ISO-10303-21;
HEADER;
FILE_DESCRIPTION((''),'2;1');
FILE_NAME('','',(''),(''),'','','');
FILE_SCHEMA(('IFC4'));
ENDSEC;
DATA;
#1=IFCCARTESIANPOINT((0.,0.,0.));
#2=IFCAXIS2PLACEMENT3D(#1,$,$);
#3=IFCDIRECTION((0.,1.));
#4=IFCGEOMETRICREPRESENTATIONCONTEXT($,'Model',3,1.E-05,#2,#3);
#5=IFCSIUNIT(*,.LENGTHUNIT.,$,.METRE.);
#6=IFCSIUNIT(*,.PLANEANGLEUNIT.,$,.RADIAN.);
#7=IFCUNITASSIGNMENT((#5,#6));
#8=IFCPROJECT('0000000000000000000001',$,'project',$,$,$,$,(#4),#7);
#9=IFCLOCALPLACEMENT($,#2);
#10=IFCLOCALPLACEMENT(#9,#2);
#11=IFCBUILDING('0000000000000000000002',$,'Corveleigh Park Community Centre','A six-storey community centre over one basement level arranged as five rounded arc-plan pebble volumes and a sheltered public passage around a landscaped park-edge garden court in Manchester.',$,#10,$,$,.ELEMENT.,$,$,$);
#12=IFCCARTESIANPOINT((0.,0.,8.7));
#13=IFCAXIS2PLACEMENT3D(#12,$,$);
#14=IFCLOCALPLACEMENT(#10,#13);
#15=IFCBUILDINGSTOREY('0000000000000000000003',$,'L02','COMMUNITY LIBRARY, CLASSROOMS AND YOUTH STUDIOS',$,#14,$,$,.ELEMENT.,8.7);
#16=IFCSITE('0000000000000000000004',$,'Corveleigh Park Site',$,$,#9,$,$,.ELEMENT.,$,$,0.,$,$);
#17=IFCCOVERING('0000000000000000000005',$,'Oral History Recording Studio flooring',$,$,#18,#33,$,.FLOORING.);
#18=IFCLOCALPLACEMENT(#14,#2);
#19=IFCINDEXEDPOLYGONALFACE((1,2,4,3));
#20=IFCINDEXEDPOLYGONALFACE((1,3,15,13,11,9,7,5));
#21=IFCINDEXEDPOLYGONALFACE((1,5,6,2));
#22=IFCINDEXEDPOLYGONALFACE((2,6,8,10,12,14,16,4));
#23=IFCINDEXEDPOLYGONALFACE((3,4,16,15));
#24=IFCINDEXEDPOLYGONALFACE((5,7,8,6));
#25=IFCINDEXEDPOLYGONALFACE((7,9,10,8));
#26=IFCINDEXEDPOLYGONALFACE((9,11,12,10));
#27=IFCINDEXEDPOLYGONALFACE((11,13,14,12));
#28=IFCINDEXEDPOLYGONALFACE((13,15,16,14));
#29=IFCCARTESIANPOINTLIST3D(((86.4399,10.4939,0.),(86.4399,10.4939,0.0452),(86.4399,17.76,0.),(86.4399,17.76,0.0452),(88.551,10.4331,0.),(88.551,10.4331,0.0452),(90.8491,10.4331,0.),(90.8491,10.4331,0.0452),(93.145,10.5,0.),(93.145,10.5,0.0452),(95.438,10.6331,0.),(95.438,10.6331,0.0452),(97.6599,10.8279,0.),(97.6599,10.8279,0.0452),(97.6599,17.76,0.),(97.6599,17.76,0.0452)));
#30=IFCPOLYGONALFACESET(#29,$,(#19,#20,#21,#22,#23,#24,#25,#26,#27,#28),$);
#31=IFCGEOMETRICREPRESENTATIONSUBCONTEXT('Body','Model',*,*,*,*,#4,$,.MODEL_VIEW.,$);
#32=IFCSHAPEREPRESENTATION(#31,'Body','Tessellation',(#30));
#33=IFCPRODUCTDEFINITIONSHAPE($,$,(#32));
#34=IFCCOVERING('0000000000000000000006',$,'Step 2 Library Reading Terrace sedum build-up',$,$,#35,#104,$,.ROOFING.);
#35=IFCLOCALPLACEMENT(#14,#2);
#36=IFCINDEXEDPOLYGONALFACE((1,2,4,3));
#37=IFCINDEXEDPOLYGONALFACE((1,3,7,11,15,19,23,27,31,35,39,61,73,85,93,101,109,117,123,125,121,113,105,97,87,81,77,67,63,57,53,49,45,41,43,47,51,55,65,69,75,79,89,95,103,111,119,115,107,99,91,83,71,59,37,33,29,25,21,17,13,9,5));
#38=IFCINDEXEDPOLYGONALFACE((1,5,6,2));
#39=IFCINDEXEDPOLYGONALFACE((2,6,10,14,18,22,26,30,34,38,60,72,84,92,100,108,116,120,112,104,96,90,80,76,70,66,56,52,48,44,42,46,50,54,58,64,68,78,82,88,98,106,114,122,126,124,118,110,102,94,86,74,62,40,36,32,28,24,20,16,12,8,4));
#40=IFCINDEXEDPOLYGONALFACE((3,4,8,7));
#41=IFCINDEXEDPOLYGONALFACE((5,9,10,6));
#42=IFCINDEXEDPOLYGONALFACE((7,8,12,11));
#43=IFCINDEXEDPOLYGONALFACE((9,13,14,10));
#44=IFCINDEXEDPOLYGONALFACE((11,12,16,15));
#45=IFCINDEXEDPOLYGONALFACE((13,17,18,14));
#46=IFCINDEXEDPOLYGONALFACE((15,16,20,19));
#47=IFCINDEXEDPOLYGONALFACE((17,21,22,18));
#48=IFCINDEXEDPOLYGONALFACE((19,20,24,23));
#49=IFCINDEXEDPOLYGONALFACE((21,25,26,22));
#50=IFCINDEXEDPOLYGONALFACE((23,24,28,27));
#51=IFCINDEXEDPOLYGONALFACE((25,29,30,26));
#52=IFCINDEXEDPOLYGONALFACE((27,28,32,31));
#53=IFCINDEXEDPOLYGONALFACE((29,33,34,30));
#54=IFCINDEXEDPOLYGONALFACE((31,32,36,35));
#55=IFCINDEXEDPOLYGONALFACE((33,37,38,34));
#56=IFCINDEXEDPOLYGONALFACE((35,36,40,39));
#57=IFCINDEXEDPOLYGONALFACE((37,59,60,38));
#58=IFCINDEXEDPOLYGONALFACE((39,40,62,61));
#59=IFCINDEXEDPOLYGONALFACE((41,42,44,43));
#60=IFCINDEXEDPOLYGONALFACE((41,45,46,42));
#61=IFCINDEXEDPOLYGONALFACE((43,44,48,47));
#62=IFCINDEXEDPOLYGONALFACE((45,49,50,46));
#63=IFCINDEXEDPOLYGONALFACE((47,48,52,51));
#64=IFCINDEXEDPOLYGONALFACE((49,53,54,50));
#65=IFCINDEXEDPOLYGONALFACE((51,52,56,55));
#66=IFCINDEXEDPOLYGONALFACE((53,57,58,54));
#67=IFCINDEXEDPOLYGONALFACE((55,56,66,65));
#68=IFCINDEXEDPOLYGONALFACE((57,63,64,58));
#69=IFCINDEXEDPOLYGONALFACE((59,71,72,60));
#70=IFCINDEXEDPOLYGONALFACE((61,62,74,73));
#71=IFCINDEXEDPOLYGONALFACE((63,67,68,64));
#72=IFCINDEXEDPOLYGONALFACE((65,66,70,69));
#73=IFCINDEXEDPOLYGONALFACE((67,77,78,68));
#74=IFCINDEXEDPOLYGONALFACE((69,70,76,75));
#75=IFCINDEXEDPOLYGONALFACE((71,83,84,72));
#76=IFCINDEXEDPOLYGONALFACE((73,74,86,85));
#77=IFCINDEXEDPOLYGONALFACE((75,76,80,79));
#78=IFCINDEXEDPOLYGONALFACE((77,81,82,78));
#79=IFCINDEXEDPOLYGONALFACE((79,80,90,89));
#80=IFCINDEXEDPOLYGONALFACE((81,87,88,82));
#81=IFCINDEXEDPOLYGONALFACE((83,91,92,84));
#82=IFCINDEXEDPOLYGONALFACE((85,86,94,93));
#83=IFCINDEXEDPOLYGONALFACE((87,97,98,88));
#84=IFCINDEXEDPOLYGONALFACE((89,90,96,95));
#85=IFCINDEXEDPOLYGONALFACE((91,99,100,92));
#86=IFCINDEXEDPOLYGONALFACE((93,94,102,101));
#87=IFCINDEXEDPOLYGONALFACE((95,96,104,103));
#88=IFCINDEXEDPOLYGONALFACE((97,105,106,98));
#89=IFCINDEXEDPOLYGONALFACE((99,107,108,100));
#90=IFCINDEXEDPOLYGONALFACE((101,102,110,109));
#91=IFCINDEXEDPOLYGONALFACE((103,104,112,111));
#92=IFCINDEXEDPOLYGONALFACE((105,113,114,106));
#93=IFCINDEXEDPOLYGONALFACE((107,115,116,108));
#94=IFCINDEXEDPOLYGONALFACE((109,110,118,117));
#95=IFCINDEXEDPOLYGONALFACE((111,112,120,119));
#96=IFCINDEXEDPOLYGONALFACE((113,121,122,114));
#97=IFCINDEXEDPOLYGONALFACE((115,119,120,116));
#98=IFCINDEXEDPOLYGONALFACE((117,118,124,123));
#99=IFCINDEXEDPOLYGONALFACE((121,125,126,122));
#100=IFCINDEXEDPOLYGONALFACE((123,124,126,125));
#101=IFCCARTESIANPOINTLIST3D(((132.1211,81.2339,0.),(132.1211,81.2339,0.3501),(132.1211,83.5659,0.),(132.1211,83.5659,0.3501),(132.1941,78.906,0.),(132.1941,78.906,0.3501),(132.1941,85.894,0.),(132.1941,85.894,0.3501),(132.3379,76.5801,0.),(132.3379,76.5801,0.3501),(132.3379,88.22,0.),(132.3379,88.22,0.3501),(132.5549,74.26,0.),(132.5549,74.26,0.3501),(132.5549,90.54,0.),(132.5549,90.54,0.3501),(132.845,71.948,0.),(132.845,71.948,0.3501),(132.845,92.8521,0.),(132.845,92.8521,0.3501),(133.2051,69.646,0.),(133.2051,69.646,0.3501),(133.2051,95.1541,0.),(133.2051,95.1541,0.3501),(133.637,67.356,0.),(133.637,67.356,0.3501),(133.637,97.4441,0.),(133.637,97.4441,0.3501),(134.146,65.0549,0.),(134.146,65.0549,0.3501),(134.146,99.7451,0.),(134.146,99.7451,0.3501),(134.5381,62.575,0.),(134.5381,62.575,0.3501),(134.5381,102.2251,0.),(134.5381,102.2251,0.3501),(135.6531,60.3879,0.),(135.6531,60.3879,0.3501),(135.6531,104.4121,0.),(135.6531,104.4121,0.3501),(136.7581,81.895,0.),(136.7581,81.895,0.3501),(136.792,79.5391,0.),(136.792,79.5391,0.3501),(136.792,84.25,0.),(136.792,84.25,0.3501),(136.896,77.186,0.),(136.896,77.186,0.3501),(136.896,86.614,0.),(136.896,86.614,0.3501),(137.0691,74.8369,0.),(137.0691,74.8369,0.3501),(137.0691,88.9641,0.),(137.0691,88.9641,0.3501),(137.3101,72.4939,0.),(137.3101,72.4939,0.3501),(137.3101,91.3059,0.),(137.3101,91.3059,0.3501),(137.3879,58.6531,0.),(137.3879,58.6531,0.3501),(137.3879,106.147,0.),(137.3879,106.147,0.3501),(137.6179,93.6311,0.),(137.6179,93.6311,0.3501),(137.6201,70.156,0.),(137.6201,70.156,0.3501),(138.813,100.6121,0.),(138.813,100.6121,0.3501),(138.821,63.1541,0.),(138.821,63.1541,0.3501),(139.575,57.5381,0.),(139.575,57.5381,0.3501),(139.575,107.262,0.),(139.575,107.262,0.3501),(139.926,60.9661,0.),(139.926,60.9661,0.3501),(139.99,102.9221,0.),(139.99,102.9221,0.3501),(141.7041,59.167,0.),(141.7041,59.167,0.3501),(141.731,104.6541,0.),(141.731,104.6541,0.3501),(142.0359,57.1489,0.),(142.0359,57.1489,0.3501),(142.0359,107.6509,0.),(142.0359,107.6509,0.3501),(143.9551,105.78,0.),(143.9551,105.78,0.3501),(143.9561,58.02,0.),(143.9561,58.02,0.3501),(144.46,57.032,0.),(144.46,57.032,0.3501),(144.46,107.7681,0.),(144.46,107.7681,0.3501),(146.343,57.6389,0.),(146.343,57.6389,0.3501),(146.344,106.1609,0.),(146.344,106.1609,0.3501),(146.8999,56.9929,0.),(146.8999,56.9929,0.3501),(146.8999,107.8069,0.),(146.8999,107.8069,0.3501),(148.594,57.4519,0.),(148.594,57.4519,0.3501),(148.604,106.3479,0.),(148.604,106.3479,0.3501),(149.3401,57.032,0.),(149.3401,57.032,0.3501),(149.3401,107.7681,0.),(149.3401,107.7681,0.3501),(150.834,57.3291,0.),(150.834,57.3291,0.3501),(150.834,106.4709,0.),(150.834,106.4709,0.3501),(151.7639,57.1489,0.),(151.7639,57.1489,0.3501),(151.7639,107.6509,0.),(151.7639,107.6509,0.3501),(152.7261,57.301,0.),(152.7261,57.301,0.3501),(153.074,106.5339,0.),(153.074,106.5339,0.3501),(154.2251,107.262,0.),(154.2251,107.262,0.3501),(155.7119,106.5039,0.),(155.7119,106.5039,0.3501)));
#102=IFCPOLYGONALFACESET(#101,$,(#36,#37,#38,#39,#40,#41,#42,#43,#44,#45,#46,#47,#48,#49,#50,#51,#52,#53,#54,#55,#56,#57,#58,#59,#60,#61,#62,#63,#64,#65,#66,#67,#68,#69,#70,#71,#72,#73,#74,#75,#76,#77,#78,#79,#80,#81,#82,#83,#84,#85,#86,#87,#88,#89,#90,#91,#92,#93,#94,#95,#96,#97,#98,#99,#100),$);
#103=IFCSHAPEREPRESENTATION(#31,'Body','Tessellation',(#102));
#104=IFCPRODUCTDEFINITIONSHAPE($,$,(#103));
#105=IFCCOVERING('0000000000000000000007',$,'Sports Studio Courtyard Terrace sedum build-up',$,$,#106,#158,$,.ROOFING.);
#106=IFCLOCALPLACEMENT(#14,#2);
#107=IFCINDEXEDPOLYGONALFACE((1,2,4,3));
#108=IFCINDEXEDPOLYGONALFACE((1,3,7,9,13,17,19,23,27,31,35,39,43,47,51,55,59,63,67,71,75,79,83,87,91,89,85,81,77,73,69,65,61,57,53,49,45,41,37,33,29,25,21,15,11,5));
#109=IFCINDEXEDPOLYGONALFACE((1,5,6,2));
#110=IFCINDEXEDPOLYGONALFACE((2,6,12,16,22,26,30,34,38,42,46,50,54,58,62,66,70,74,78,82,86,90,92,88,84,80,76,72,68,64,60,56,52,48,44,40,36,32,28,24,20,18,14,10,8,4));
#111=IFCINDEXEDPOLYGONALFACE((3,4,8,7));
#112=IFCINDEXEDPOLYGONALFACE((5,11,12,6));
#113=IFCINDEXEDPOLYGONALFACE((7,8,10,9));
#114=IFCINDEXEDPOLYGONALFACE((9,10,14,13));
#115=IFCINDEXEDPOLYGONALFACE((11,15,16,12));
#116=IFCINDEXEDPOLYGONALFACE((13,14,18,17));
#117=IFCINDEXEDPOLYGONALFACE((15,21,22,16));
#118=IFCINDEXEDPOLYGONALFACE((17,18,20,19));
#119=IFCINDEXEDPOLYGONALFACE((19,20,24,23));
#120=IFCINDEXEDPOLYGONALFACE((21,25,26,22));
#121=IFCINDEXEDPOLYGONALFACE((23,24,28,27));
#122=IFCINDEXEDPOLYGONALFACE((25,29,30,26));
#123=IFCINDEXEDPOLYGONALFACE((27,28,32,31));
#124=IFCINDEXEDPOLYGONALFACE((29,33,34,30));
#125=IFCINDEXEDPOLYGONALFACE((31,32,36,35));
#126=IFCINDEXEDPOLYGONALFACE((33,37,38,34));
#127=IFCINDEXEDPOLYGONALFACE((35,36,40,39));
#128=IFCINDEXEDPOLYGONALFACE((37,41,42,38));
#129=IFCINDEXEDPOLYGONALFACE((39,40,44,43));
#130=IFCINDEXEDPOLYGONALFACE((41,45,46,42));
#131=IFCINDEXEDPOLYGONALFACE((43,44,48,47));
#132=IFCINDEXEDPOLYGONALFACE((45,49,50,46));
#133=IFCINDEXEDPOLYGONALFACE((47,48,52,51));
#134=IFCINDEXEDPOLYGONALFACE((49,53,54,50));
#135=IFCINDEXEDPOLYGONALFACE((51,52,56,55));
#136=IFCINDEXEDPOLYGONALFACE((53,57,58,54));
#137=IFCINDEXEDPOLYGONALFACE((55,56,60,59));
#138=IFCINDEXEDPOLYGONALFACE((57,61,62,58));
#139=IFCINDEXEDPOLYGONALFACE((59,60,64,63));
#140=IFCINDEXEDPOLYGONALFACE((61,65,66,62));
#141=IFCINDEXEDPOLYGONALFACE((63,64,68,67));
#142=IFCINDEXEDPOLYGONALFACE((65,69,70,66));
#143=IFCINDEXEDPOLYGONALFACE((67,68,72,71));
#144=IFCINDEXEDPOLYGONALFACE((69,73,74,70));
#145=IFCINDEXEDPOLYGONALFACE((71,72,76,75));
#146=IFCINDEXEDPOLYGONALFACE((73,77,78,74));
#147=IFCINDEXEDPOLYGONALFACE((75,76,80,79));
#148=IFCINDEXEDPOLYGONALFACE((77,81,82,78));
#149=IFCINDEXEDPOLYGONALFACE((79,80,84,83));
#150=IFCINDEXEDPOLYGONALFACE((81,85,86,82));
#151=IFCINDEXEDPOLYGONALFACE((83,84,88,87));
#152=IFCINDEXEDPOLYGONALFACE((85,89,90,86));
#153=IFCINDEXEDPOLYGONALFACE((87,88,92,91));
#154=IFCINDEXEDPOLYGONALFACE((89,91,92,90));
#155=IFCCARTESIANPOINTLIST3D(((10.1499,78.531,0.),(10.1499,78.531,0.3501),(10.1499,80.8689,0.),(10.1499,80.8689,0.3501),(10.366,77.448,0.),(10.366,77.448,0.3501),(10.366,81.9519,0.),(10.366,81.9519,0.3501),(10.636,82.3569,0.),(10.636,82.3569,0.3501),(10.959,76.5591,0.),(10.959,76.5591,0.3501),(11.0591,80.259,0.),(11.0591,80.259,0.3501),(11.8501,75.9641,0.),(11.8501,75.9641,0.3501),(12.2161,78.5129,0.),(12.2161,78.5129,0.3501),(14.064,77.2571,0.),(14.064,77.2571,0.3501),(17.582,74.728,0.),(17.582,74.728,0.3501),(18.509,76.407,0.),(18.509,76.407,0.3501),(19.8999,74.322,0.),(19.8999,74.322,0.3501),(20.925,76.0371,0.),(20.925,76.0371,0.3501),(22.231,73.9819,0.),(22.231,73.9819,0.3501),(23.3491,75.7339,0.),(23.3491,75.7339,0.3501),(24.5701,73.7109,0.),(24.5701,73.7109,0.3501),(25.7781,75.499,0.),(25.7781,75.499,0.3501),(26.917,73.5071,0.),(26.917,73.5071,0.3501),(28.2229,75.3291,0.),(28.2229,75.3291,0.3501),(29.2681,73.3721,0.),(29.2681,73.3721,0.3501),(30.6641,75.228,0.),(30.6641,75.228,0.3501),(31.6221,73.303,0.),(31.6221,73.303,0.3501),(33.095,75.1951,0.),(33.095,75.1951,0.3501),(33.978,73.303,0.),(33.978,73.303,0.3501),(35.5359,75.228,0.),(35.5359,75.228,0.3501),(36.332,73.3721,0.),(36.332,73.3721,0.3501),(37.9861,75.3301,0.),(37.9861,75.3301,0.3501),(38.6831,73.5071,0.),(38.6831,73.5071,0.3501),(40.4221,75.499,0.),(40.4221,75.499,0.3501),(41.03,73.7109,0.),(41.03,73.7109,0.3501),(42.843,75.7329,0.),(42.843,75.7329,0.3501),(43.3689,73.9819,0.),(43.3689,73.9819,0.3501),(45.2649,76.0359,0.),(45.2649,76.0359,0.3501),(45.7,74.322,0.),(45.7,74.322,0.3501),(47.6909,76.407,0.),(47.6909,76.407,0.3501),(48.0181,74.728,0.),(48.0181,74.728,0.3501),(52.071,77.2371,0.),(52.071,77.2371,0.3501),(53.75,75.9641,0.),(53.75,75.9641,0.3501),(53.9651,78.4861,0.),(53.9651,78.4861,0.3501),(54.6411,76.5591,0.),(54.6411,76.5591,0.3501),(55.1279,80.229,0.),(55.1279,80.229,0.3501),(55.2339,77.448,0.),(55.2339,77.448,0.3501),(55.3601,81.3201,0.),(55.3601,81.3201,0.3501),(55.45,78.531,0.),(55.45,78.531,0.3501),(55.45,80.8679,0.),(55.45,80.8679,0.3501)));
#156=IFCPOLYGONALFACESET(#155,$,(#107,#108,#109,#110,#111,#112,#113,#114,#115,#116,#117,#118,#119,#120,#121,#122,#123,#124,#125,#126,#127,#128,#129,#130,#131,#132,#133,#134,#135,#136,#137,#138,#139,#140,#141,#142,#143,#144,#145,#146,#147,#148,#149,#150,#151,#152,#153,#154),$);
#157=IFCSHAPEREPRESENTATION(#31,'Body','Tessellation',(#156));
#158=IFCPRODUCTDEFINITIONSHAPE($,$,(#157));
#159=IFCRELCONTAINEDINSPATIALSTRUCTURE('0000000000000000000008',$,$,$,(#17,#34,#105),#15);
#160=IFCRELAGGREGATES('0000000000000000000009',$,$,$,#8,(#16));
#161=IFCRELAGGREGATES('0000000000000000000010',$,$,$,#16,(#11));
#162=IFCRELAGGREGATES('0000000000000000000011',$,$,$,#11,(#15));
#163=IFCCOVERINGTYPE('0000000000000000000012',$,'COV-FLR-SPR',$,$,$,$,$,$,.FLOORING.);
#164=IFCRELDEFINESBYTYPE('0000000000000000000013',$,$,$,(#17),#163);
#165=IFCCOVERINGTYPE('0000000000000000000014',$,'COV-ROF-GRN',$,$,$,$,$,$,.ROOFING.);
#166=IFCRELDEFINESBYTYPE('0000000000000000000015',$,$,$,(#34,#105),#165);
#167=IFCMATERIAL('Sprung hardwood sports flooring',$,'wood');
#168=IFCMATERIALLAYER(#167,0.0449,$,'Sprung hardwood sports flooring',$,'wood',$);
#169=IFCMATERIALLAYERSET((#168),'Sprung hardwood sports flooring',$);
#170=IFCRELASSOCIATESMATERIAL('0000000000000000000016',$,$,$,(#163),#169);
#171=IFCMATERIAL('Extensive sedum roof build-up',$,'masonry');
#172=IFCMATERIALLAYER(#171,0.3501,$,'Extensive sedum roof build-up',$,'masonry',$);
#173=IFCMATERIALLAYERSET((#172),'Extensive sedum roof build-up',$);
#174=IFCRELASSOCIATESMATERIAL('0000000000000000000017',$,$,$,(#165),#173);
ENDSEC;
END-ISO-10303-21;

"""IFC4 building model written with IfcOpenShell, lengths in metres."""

from ifc_helpers import new_model, si_unit, direction, frame, origin, place, context, subcontext, project, spatial, polyline, outline, extrude, material, layer, layer_set, type_object, element, save


model = new_model("IFC4")

# Units and contexts
model_context = context("Model", 3, precision=1e-05, world=origin(), true_north=direction((0.0, 1.0)))
body_context = subcontext(model_context, "Body", "Model", "MODEL_VIEW")
ifc_project = project(units=[si_unit("LENGTHUNIT", "METRE"), si_unit("PLANEANGLEUNIT", "RADIAN")], contexts=[model_context])

# Site, building, storey
site_placement = place(None, origin())
site = spatial("IfcSite", under=ifc_project, at=site_placement, Name="Corveleigh Park Site", CompositionType="ELEMENT", RefElevation=0.0)
building_placement = place(site_placement, origin())
building = spatial("IfcBuilding", under=site, at=building_placement, Name="Corveleigh Park Community Centre", Description="A six-storey community centre over one basement level arranged as five rounded arc-plan pebble volumes and a sheltered public passage around a landscaped park-edge garden court in Manchester.", CompositionType="ELEMENT")
storey_placement = place(building_placement, frame((0.0, 0.0, 8.7)))
storey = spatial("IfcBuildingStorey", under=building, at=storey_placement, Name="L02", Description="COMMUNITY LIBRARY, CLASSROOMS AND YOUTH STUDIOS", CompositionType="ELEMENT", Elevation=8.7)

# Coverings
ifc_material_1 = material(Name="Sprung hardwood sports flooring", Category="wood")
ifc_layer_1 = layer(ifc_material_1, 0.0449, Name="Sprung hardwood sports flooring", Category="wood")
ifc_layer_set_1 = layer_set([ifc_layer_1], Name="Sprung hardwood sports flooring")
covering_type_1 = type_object("IfcCoveringType", Name="COV-FLR-SPR", PredefinedType="FLOORING", material=ifc_layer_set_1)
covering_1_placement = place(storey_placement, origin())
element("IfcCovering", 1, at=covering_1_placement, inside=storey, type_object=covering_type_1, Name="Oral History Recording Studio flooring", PredefinedType="FLOORING", context=body_context, shape_type="SweptSolid", body=[
    extrude(outline(polyline([(93.145, 10.5), (90.8491, 10.4331), (88.551, 10.4331), (86.4399, 10.4939), (86.4399, 17.76), (97.6599, 17.76), (97.6599, 10.8279), (95.438, 10.6331), (93.145, 10.5)])), origin(), (0.0, 0.0, 1.0), 0.0452),
])
ifc_material_2 = material(Name="Extensive sedum roof build-up", Category="masonry")
ifc_layer_2 = layer(ifc_material_2, 0.3501, Name="Extensive sedum roof build-up", Category="masonry")
ifc_layer_set_2 = layer_set([ifc_layer_2], Name="Extensive sedum roof build-up")
covering_type_2 = type_object("IfcCoveringType", Name="COV-ROF-GRN", PredefinedType="ROOFING", material=ifc_layer_set_2)
covering_2_placement = place(storey_placement, origin())
element("IfcCovering", 2, at=covering_2_placement, inside=storey, type_object=covering_type_2, Name="Step 2 Library Reading Terrace sedum build-up", PredefinedType="ROOFING", context=body_context, shape_type="SweptSolid", body=[
    extrude(outline(polyline([(152.7261, 57.301), (151.7639, 57.1489), (149.3401, 57.032), (146.8999, 56.9929), (144.46, 57.032), (142.0359, 57.1489), (139.575, 57.5381), (137.3879, 58.6531), (135.6531, 60.3879), (134.5381, 62.575), (134.146, 65.0549), (133.637, 67.356), (133.2051, 69.646), (132.845, 71.948), (132.5549, 74.26), (132.3379, 76.5801), (132.1941, 78.906), (132.1211, 81.2339), (132.1211, 83.5659), (132.1941, 85.894), (132.3379, 88.22), (132.5549, 90.54), (132.845, 92.8521), (133.2051, 95.1541), (133.637, 97.4441), (134.146, 99.7451), (134.5381, 102.2251), (135.6531, 104.4121), (137.3879, 106.147), (139.575, 107.262), (142.0359, 107.6509), (144.46, 107.7681), (146.8999, 107.8069), (149.3401, 107.7681), (151.7639, 107.6509), (154.2251, 107.262), (155.7119, 106.5039), (153.074, 106.5339), (150.834, 106.4709), (148.604, 106.3479), (146.344, 106.1609), (143.9551, 105.78), (141.731, 104.6541), (139.99, 102.9221), (138.813, 100.6121), (137.6179, 93.6311), (137.3101, 91.3059), (137.0691, 88.9641), (136.896, 86.614), (136.792, 84.25), (136.7581, 81.895), (136.792, 79.5391), (136.896, 77.186), (137.0691, 74.8369), (137.3101, 72.4939), (137.6201, 70.156), (138.821, 63.1541), (139.926, 60.9661), (141.7041, 59.167), (143.9561, 58.02), (146.343, 57.6389), (148.594, 57.4519), (150.834, 57.3291), (152.7261, 57.301)])), origin(), (0.0, 0.0, 1.0), 0.3501),
])
covering_3_placement = place(storey_placement, origin())
element("IfcCovering", 3, at=covering_3_placement, inside=storey, type_object=covering_type_2, Name="Sports Studio Courtyard Terrace sedum build-up", PredefinedType="ROOFING", context=body_context, shape_type="SweptSolid", body=[
    extrude(outline(polyline([(10.636, 82.3569), (11.0591, 80.259), (12.2161, 78.5129), (14.064, 77.2571), (18.509, 76.407), (20.925, 76.0371), (23.3491, 75.7339), (25.7781, 75.499), (28.2229, 75.3291), (30.6641, 75.228), (33.095, 75.1951), (35.5359, 75.228), (37.9861, 75.3301), (40.4221, 75.499), (42.843, 75.7329), (45.2649, 76.0359), (47.6909, 76.407), (52.071, 77.2371), (53.9651, 78.4861), (55.1279, 80.229), (55.3601, 81.3201), (55.45, 80.8679), (55.45, 78.531), (55.2339, 77.448), (54.6411, 76.5591), (53.75, 75.9641), (48.0181, 74.728), (45.7, 74.322), (43.3689, 73.9819), (41.03, 73.7109), (38.6831, 73.5071), (36.332, 73.3721), (33.978, 73.303), (31.6221, 73.303), (29.2681, 73.3721), (26.917, 73.5071), (24.5701, 73.7109), (22.231, 73.9819), (19.8999, 74.322), (17.582, 74.728), (11.8501, 75.9641), (10.959, 76.5591), (10.366, 77.448), (10.1499, 78.531), (10.1499, 80.8689), (10.366, 81.9519), (10.636, 82.3569)])), origin(), (0.0, 0.0, 1.0), 0.3501),
])

save(model, "model.ifc")
